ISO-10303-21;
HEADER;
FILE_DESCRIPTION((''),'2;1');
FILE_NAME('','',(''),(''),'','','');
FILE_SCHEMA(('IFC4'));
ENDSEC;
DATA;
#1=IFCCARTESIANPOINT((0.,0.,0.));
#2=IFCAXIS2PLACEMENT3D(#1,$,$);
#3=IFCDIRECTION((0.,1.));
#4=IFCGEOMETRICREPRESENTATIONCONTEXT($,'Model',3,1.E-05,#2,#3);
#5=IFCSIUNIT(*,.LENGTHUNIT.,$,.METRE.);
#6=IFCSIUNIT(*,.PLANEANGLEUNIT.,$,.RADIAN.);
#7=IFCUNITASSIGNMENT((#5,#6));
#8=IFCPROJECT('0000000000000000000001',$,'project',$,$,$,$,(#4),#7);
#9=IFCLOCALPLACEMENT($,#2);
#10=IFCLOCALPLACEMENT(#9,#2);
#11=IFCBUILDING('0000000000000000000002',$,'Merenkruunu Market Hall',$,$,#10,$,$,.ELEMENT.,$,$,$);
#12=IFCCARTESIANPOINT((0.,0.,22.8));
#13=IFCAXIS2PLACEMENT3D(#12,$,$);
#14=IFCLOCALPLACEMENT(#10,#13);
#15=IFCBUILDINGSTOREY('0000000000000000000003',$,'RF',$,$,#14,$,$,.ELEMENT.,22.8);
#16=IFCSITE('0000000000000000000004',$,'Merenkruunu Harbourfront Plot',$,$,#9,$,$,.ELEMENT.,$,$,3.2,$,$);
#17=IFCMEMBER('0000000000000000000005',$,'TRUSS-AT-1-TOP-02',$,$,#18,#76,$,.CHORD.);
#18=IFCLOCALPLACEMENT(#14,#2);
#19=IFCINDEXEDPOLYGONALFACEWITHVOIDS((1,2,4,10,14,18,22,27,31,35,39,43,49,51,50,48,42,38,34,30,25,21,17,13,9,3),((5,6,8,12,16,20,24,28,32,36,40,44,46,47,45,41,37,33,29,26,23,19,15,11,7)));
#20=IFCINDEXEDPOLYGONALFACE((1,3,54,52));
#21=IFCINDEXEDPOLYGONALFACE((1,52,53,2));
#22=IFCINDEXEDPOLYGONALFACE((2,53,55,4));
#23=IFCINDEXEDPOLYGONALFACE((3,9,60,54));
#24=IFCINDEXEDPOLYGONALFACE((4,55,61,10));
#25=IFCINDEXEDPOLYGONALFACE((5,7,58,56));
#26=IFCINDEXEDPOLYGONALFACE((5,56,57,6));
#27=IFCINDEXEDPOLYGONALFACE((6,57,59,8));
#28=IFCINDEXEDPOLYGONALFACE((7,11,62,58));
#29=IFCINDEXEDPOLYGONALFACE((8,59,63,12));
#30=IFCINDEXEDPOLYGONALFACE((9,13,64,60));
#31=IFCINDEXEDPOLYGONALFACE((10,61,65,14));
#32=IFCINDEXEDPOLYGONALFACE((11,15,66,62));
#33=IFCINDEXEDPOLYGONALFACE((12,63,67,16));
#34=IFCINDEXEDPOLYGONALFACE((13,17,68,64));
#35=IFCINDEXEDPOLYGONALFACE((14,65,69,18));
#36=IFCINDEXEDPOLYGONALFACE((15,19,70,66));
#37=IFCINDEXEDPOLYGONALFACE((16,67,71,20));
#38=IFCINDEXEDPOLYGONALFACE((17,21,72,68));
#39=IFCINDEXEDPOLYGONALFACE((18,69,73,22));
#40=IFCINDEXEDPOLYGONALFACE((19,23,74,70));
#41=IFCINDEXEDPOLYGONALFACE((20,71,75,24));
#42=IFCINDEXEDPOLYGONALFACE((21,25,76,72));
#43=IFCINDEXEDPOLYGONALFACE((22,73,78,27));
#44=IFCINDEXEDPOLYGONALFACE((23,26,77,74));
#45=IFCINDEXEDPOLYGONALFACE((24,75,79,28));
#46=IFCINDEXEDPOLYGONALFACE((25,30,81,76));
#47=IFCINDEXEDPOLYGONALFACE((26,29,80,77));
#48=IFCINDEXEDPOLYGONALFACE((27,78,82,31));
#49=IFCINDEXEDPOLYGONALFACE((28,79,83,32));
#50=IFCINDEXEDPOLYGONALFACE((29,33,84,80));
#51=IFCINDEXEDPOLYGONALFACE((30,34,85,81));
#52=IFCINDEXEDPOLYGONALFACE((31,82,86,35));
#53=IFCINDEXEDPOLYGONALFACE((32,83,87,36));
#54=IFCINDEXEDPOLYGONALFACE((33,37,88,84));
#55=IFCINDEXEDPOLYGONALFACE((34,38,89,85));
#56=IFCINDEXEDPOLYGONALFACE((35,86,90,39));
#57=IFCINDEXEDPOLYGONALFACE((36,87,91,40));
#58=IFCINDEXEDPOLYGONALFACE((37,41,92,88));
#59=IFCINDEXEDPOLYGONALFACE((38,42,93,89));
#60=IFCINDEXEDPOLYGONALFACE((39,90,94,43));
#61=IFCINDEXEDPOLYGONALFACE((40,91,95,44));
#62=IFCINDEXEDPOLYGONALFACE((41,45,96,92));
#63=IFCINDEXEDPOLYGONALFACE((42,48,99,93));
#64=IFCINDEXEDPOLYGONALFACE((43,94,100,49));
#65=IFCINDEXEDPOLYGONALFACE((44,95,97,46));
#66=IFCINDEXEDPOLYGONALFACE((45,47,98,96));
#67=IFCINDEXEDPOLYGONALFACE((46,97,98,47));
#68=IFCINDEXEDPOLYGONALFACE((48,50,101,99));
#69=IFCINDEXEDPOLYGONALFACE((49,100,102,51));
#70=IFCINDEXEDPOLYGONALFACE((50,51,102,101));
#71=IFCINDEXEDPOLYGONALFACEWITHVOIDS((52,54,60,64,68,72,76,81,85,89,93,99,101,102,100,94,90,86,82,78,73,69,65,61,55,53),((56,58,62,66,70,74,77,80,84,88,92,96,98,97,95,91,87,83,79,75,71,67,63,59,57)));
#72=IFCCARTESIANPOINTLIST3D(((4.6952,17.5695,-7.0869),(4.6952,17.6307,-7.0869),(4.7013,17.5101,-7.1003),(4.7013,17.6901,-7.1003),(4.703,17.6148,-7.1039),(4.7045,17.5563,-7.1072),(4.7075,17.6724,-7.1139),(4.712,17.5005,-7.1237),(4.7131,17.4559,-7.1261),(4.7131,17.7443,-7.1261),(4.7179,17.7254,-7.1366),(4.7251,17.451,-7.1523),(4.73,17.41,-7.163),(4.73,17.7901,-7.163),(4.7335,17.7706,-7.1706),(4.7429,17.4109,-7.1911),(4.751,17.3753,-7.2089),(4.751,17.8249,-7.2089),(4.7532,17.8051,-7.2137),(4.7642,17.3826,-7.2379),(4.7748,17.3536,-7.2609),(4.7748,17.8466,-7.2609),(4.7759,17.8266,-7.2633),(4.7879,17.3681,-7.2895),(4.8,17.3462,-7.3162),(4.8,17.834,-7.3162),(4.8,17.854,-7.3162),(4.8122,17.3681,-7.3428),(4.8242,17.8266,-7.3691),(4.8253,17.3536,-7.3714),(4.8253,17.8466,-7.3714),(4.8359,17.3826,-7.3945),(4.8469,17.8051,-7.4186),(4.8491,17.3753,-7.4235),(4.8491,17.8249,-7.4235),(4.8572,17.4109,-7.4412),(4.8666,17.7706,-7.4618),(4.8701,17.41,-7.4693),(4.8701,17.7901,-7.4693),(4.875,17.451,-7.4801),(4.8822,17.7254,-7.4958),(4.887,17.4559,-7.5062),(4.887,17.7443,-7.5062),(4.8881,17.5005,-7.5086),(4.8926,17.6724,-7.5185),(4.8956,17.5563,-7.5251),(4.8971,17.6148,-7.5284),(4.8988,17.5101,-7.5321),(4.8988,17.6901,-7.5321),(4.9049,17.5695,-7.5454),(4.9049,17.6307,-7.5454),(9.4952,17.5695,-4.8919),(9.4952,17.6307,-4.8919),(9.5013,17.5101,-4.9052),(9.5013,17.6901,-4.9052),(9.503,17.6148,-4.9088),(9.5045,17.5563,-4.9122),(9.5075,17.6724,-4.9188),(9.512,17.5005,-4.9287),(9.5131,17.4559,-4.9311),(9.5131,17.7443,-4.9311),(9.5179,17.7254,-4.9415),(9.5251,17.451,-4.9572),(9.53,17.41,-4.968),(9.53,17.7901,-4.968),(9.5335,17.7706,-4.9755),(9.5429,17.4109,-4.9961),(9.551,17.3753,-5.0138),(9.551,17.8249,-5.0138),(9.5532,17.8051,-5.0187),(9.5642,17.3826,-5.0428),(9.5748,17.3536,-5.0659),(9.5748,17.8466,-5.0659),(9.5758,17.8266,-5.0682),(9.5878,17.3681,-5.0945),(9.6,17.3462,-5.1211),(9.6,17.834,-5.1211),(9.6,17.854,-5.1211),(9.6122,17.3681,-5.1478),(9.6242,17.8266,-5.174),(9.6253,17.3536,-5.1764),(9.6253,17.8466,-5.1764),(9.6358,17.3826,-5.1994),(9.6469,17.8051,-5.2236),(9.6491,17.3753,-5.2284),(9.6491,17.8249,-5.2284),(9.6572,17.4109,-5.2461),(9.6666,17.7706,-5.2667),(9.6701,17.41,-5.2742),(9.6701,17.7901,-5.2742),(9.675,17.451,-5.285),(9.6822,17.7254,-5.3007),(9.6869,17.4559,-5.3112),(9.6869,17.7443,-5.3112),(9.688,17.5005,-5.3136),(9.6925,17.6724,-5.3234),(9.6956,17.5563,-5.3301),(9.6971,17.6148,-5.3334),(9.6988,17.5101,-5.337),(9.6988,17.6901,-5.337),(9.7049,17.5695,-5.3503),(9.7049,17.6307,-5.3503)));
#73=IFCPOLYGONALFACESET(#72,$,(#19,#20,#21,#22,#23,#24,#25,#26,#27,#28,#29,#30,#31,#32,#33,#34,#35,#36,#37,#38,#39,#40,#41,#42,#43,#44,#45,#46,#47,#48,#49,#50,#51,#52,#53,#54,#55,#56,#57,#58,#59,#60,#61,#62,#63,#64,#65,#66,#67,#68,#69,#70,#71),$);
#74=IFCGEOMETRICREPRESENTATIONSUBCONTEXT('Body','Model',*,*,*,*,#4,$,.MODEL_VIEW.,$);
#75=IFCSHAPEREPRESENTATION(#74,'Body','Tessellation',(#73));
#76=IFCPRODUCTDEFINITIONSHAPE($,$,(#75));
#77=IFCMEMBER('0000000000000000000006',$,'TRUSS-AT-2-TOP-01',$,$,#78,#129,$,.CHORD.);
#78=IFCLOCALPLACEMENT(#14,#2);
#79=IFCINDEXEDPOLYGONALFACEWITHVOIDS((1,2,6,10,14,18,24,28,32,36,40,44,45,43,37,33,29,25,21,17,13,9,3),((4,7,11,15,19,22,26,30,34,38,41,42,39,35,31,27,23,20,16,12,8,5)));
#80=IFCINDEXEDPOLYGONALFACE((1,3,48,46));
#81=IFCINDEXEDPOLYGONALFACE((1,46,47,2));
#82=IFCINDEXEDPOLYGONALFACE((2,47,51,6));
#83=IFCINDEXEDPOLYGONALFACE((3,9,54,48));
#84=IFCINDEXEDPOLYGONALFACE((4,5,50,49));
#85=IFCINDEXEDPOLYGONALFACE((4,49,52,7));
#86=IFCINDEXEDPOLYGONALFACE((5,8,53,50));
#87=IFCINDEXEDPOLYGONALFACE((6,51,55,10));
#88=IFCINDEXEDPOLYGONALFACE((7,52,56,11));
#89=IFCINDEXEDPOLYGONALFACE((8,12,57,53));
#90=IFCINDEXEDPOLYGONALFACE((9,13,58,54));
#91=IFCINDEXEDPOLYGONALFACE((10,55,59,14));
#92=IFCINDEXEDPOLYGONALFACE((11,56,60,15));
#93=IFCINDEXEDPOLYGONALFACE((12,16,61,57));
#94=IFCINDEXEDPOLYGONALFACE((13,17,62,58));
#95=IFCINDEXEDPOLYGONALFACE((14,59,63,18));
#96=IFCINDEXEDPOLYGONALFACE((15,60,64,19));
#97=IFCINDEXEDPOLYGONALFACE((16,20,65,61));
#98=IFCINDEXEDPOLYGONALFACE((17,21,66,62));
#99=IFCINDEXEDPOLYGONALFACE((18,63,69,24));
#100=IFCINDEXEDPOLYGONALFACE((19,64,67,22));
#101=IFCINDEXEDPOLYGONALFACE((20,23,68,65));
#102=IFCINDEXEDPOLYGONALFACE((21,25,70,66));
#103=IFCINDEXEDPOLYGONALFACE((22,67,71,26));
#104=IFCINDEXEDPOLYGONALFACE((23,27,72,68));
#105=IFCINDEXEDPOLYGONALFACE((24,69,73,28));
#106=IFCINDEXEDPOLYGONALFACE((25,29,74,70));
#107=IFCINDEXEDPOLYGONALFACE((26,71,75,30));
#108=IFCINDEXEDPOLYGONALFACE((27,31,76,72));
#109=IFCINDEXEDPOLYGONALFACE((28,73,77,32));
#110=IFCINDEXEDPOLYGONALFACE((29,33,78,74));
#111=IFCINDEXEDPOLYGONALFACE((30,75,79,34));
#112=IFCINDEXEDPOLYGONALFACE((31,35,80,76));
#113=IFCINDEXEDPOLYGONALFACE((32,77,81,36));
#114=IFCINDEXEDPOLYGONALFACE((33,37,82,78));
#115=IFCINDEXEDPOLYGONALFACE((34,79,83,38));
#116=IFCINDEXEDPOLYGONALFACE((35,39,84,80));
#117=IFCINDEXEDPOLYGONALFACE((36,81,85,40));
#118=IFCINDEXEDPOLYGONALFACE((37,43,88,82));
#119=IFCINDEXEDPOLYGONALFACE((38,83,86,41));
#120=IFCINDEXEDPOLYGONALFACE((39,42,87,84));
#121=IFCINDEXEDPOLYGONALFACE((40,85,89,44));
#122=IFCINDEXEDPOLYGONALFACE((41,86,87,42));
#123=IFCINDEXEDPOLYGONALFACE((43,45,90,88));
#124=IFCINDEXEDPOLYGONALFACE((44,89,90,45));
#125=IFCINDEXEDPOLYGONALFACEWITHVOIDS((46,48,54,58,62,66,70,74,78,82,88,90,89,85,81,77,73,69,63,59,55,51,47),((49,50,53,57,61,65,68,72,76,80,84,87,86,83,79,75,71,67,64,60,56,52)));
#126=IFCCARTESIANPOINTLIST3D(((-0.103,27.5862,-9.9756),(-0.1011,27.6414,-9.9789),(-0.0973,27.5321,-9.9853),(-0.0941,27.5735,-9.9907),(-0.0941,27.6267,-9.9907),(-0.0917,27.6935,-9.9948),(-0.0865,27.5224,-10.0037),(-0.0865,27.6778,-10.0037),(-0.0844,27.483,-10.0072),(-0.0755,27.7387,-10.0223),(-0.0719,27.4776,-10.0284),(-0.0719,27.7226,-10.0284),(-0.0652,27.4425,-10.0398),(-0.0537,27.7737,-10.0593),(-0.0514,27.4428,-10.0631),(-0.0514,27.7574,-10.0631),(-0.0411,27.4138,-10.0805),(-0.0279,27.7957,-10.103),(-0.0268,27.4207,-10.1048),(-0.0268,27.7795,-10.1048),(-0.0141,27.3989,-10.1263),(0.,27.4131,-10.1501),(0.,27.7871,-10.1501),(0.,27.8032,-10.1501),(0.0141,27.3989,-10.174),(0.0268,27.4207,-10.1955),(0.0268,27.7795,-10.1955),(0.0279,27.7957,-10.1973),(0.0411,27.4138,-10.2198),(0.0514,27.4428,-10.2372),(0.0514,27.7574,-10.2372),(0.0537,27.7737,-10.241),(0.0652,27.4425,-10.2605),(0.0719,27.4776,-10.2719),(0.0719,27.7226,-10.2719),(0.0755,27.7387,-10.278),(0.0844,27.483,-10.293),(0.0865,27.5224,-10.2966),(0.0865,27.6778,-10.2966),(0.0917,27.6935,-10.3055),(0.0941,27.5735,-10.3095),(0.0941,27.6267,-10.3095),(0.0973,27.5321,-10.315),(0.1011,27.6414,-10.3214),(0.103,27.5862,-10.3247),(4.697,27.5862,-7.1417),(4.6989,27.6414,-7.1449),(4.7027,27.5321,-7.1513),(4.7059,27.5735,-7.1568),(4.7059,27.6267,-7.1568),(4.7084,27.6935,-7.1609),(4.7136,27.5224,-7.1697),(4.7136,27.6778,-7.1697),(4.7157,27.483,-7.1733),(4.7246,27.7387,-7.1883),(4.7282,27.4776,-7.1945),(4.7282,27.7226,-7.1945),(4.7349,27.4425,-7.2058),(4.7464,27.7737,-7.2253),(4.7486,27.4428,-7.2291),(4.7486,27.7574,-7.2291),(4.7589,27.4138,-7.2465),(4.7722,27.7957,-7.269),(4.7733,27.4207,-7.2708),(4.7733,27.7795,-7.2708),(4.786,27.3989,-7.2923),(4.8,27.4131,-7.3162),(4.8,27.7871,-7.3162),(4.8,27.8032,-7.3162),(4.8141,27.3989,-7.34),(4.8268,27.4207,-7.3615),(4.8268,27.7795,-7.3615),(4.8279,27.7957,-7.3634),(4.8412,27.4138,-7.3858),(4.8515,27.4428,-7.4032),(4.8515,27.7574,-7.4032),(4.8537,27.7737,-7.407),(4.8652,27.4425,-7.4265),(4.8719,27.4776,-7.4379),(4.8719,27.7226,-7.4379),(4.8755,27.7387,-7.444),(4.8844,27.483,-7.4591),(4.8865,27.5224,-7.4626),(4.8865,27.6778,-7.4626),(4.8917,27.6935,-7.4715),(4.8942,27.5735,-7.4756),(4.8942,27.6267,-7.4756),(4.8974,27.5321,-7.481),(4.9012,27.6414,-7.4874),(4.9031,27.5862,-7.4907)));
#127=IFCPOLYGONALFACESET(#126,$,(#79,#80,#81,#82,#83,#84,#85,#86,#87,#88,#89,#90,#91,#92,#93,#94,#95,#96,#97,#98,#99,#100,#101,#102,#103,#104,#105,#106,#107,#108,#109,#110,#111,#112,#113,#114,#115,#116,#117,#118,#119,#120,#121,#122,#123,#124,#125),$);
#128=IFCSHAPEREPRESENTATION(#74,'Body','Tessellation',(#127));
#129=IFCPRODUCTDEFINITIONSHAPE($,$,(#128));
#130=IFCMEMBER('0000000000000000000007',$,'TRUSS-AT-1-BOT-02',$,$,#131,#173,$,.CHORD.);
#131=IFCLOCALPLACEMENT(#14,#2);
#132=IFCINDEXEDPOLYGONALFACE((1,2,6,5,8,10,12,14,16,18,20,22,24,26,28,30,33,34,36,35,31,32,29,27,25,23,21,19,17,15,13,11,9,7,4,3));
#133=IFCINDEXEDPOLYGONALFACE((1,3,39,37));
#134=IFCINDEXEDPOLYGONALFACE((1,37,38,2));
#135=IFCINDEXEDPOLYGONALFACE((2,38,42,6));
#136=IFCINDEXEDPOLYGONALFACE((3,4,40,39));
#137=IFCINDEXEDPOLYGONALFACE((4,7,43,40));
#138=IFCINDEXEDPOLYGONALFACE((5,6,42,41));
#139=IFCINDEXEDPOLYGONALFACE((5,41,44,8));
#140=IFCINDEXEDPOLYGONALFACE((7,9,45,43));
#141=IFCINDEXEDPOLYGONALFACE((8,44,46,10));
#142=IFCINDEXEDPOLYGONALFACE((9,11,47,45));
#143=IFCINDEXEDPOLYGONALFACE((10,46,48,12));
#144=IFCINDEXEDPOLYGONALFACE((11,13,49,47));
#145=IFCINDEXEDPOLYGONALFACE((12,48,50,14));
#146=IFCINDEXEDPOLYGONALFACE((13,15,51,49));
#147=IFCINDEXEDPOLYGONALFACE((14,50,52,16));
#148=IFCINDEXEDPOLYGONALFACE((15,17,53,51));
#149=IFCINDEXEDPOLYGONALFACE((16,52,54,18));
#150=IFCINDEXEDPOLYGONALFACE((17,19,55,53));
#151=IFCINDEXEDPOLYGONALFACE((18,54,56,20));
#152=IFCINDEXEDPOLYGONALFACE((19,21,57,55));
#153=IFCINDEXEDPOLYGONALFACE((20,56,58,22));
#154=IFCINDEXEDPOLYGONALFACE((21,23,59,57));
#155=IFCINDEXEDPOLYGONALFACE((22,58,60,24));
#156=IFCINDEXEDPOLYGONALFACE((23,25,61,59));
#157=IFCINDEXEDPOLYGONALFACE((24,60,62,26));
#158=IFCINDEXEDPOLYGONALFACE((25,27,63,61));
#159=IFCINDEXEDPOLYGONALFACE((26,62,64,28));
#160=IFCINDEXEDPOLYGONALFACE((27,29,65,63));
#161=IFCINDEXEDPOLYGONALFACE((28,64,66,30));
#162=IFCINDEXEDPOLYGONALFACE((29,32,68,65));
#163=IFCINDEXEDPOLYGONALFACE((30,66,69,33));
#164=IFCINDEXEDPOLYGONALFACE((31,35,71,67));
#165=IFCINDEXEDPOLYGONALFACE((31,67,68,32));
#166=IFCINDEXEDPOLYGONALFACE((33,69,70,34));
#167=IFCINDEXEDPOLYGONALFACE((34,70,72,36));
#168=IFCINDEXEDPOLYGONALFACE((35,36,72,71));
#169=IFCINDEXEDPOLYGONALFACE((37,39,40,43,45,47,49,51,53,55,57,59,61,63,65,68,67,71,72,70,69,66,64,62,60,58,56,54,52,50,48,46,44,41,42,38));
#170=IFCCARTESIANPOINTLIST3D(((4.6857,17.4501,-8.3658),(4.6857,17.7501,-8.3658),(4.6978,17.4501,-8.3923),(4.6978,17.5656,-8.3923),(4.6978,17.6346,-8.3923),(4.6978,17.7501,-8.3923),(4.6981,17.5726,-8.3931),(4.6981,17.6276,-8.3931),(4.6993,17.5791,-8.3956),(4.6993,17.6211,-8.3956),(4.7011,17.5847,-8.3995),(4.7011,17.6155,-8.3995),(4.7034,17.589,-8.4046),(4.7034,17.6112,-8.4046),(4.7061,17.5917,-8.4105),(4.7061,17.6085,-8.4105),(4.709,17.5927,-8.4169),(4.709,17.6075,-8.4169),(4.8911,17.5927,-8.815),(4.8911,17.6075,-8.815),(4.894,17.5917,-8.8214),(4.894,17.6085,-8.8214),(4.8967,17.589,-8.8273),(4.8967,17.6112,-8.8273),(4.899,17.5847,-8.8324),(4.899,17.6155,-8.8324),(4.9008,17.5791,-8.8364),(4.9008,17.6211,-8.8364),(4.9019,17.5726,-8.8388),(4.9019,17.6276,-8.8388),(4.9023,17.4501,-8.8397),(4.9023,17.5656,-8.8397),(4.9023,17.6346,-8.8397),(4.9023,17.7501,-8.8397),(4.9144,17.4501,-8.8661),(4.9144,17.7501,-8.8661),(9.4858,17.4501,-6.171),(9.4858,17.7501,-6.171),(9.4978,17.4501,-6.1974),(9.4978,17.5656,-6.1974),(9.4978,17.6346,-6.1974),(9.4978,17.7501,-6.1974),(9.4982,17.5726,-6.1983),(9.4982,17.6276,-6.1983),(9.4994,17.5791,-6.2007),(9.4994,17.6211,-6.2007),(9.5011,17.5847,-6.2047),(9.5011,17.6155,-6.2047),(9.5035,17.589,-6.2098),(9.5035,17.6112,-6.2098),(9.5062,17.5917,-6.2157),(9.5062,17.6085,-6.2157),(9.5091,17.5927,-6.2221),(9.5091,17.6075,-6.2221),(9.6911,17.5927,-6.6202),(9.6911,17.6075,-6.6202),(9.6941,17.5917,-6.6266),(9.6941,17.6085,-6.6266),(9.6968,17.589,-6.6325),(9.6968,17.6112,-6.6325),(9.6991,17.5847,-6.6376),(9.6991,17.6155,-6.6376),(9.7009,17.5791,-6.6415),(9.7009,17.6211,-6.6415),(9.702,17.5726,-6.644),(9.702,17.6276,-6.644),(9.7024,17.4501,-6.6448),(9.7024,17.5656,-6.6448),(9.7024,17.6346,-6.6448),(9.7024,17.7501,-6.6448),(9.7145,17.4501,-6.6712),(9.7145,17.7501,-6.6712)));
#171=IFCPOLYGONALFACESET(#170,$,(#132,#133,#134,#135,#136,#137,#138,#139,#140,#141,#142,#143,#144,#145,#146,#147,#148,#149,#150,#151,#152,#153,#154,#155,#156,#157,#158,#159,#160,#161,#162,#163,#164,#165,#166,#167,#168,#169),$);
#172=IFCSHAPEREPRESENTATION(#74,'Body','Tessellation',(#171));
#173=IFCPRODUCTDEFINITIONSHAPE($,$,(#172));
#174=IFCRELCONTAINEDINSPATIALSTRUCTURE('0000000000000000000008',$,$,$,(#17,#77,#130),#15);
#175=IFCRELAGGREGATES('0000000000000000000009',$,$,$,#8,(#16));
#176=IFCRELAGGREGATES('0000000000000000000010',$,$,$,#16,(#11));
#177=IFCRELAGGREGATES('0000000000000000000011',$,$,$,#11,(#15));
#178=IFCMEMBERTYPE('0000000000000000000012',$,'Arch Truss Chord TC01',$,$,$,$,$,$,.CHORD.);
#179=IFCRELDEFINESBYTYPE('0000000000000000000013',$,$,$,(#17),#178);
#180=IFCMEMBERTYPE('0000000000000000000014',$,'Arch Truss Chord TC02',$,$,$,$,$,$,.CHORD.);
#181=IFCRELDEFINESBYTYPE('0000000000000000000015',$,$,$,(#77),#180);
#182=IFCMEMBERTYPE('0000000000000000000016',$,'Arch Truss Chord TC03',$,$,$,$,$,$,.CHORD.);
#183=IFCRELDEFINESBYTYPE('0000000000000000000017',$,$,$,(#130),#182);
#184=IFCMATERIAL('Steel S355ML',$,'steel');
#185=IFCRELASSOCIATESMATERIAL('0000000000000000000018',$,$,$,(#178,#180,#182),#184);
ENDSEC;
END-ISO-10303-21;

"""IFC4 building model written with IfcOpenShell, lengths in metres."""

from ifc_helpers import new_model, si_unit, direction, frame, origin, origin_2d, place, context, subcontext, project, spatial, hollow_circle, i_section, extrude, material, material_profile, profile_set, type_object, element, save


model = new_model("IFC4")

# Units and contexts
model_context = context("Model", 3, precision=1e-05, world=origin(), true_north=direction((0.0, 1.0)))
body_context = subcontext(model_context, "Body", "Model", "MODEL_VIEW")
ifc_project = project(units=[si_unit("LENGTHUNIT", "METRE"), si_unit("PLANEANGLEUNIT", "RADIAN")], contexts=[model_context])

# Site, building, storey
site_placement = place(None, origin())
site = spatial("IfcSite", under=ifc_project, at=site_placement, Name="Merenkruunu Harbourfront Plot", CompositionType="ELEMENT", RefElevation=3.2)
building_placement = place(site_placement, origin())
building = spatial("IfcBuilding", under=site, at=building_placement, Name="Merenkruunu Market Hall", CompositionType="ELEMENT")
storey_placement = place(building_placement, frame((0.0, 0.0, 22.8)))
storey = spatial("IfcBuildingStorey", under=building, at=storey_placement, Name="RF", CompositionType="ELEMENT", Elevation=22.8)

# Members
ifc_material_1 = material(Name="Steel S355ML", Category="steel")
ifc_material_profile_1 = material_profile(ifc_material_1, hollow_circle(Radius=0.2539, WallThickness=0.02, at=origin_2d()), Name="CHS 508x20")
ifc_profile_set_1 = profile_set([ifc_material_profile_1], Name="Steel S355ML")
member_type_1 = type_object("IfcMemberType", Name="Arch Truss Chord TC01", PredefinedType="CHORD", material=ifc_profile_set_1)
member_1_placement = place(storey_placement, frame((4.8, 17.6001, -7.3162), z_axis=(0.90942, 0.0, 0.415879), x_axis=(0.0, 1.0, 0.0)))
element("IfcMember", 1, at=member_1_placement, inside=storey, type_object=member_type_1, Name="TRUSS-AT-1-TOP-02", PredefinedType="CHORD", context=body_context, shape_type="SweptSolid", body=[
    extrude(hollow_circle(Radius=0.2539, WallThickness=0.02, at=origin_2d()), origin(), (0.0, 0.0, 1.0), 5.2781),
])
ifc_material_profile_2 = material_profile(ifc_material_1, hollow_circle(Radius=0.2031, WallThickness=0.0161, at=origin_2d()), Name="CHS 406.4x16")
ifc_profile_set_2 = profile_set([ifc_material_profile_2], Name="Steel S355ML")
member_type_2 = type_object("IfcMemberType", Name="Arch Truss Chord TC02", PredefinedType="CHORD", material=ifc_profile_set_2)
member_2_placement = place(storey_placement, frame((0.0, 27.6001, -10.1501), z_axis=(0.861116, 0.0, 0.508409), x_axis=(0.0, 1.0, 0.0)))
element("IfcMember", 2, at=member_2_placement, inside=storey, type_object=member_type_2, Name="TRUSS-AT-2-TOP-01", PredefinedType="CHORD", context=body_context, shape_type="SweptSolid", body=[
    extrude(hollow_circle(Radius=0.2031, WallThickness=0.0161, at=origin_2d()), origin(), (0.0, 0.0, 1.0), 5.5742),
])
ifc_material_profile_3 = material_profile(ifc_material_1, i_section(OverallWidth=0.3, OverallDepth=0.55, WebThickness=0.0149, FlangeThickness=0.0291, FilletRadius=0.0271, at=origin_2d()), Name="HEB 550")
ifc_profile_set_3 = profile_set([ifc_material_profile_3], Name="Steel S355ML")
member_type_3 = type_object("IfcMemberType", Name="Arch Truss Chord TC03", PredefinedType="CHORD", material=ifc_profile_set_3)
member_3_placement = place(storey_placement, frame((4.8, 17.6001, -8.616), z_axis=(0.909437, 0.0, 0.415841), x_axis=(0.0, 1.0, 0.0)))
element("IfcMember", 3, at=member_3_placement, inside=storey, type_object=member_type_3, Name="TRUSS-AT-1-BOT-02", PredefinedType="CHORD", context=body_context, shape_type="SweptSolid", body=[
    extrude(i_section(OverallWidth=0.3, OverallDepth=0.55, WebThickness=0.0149, FlangeThickness=0.0291, FilletRadius=0.0271, at=origin_2d()), origin(), (0.0, 0.0, 1.0), 5.2781),
])

save(model, "model.ifc")
